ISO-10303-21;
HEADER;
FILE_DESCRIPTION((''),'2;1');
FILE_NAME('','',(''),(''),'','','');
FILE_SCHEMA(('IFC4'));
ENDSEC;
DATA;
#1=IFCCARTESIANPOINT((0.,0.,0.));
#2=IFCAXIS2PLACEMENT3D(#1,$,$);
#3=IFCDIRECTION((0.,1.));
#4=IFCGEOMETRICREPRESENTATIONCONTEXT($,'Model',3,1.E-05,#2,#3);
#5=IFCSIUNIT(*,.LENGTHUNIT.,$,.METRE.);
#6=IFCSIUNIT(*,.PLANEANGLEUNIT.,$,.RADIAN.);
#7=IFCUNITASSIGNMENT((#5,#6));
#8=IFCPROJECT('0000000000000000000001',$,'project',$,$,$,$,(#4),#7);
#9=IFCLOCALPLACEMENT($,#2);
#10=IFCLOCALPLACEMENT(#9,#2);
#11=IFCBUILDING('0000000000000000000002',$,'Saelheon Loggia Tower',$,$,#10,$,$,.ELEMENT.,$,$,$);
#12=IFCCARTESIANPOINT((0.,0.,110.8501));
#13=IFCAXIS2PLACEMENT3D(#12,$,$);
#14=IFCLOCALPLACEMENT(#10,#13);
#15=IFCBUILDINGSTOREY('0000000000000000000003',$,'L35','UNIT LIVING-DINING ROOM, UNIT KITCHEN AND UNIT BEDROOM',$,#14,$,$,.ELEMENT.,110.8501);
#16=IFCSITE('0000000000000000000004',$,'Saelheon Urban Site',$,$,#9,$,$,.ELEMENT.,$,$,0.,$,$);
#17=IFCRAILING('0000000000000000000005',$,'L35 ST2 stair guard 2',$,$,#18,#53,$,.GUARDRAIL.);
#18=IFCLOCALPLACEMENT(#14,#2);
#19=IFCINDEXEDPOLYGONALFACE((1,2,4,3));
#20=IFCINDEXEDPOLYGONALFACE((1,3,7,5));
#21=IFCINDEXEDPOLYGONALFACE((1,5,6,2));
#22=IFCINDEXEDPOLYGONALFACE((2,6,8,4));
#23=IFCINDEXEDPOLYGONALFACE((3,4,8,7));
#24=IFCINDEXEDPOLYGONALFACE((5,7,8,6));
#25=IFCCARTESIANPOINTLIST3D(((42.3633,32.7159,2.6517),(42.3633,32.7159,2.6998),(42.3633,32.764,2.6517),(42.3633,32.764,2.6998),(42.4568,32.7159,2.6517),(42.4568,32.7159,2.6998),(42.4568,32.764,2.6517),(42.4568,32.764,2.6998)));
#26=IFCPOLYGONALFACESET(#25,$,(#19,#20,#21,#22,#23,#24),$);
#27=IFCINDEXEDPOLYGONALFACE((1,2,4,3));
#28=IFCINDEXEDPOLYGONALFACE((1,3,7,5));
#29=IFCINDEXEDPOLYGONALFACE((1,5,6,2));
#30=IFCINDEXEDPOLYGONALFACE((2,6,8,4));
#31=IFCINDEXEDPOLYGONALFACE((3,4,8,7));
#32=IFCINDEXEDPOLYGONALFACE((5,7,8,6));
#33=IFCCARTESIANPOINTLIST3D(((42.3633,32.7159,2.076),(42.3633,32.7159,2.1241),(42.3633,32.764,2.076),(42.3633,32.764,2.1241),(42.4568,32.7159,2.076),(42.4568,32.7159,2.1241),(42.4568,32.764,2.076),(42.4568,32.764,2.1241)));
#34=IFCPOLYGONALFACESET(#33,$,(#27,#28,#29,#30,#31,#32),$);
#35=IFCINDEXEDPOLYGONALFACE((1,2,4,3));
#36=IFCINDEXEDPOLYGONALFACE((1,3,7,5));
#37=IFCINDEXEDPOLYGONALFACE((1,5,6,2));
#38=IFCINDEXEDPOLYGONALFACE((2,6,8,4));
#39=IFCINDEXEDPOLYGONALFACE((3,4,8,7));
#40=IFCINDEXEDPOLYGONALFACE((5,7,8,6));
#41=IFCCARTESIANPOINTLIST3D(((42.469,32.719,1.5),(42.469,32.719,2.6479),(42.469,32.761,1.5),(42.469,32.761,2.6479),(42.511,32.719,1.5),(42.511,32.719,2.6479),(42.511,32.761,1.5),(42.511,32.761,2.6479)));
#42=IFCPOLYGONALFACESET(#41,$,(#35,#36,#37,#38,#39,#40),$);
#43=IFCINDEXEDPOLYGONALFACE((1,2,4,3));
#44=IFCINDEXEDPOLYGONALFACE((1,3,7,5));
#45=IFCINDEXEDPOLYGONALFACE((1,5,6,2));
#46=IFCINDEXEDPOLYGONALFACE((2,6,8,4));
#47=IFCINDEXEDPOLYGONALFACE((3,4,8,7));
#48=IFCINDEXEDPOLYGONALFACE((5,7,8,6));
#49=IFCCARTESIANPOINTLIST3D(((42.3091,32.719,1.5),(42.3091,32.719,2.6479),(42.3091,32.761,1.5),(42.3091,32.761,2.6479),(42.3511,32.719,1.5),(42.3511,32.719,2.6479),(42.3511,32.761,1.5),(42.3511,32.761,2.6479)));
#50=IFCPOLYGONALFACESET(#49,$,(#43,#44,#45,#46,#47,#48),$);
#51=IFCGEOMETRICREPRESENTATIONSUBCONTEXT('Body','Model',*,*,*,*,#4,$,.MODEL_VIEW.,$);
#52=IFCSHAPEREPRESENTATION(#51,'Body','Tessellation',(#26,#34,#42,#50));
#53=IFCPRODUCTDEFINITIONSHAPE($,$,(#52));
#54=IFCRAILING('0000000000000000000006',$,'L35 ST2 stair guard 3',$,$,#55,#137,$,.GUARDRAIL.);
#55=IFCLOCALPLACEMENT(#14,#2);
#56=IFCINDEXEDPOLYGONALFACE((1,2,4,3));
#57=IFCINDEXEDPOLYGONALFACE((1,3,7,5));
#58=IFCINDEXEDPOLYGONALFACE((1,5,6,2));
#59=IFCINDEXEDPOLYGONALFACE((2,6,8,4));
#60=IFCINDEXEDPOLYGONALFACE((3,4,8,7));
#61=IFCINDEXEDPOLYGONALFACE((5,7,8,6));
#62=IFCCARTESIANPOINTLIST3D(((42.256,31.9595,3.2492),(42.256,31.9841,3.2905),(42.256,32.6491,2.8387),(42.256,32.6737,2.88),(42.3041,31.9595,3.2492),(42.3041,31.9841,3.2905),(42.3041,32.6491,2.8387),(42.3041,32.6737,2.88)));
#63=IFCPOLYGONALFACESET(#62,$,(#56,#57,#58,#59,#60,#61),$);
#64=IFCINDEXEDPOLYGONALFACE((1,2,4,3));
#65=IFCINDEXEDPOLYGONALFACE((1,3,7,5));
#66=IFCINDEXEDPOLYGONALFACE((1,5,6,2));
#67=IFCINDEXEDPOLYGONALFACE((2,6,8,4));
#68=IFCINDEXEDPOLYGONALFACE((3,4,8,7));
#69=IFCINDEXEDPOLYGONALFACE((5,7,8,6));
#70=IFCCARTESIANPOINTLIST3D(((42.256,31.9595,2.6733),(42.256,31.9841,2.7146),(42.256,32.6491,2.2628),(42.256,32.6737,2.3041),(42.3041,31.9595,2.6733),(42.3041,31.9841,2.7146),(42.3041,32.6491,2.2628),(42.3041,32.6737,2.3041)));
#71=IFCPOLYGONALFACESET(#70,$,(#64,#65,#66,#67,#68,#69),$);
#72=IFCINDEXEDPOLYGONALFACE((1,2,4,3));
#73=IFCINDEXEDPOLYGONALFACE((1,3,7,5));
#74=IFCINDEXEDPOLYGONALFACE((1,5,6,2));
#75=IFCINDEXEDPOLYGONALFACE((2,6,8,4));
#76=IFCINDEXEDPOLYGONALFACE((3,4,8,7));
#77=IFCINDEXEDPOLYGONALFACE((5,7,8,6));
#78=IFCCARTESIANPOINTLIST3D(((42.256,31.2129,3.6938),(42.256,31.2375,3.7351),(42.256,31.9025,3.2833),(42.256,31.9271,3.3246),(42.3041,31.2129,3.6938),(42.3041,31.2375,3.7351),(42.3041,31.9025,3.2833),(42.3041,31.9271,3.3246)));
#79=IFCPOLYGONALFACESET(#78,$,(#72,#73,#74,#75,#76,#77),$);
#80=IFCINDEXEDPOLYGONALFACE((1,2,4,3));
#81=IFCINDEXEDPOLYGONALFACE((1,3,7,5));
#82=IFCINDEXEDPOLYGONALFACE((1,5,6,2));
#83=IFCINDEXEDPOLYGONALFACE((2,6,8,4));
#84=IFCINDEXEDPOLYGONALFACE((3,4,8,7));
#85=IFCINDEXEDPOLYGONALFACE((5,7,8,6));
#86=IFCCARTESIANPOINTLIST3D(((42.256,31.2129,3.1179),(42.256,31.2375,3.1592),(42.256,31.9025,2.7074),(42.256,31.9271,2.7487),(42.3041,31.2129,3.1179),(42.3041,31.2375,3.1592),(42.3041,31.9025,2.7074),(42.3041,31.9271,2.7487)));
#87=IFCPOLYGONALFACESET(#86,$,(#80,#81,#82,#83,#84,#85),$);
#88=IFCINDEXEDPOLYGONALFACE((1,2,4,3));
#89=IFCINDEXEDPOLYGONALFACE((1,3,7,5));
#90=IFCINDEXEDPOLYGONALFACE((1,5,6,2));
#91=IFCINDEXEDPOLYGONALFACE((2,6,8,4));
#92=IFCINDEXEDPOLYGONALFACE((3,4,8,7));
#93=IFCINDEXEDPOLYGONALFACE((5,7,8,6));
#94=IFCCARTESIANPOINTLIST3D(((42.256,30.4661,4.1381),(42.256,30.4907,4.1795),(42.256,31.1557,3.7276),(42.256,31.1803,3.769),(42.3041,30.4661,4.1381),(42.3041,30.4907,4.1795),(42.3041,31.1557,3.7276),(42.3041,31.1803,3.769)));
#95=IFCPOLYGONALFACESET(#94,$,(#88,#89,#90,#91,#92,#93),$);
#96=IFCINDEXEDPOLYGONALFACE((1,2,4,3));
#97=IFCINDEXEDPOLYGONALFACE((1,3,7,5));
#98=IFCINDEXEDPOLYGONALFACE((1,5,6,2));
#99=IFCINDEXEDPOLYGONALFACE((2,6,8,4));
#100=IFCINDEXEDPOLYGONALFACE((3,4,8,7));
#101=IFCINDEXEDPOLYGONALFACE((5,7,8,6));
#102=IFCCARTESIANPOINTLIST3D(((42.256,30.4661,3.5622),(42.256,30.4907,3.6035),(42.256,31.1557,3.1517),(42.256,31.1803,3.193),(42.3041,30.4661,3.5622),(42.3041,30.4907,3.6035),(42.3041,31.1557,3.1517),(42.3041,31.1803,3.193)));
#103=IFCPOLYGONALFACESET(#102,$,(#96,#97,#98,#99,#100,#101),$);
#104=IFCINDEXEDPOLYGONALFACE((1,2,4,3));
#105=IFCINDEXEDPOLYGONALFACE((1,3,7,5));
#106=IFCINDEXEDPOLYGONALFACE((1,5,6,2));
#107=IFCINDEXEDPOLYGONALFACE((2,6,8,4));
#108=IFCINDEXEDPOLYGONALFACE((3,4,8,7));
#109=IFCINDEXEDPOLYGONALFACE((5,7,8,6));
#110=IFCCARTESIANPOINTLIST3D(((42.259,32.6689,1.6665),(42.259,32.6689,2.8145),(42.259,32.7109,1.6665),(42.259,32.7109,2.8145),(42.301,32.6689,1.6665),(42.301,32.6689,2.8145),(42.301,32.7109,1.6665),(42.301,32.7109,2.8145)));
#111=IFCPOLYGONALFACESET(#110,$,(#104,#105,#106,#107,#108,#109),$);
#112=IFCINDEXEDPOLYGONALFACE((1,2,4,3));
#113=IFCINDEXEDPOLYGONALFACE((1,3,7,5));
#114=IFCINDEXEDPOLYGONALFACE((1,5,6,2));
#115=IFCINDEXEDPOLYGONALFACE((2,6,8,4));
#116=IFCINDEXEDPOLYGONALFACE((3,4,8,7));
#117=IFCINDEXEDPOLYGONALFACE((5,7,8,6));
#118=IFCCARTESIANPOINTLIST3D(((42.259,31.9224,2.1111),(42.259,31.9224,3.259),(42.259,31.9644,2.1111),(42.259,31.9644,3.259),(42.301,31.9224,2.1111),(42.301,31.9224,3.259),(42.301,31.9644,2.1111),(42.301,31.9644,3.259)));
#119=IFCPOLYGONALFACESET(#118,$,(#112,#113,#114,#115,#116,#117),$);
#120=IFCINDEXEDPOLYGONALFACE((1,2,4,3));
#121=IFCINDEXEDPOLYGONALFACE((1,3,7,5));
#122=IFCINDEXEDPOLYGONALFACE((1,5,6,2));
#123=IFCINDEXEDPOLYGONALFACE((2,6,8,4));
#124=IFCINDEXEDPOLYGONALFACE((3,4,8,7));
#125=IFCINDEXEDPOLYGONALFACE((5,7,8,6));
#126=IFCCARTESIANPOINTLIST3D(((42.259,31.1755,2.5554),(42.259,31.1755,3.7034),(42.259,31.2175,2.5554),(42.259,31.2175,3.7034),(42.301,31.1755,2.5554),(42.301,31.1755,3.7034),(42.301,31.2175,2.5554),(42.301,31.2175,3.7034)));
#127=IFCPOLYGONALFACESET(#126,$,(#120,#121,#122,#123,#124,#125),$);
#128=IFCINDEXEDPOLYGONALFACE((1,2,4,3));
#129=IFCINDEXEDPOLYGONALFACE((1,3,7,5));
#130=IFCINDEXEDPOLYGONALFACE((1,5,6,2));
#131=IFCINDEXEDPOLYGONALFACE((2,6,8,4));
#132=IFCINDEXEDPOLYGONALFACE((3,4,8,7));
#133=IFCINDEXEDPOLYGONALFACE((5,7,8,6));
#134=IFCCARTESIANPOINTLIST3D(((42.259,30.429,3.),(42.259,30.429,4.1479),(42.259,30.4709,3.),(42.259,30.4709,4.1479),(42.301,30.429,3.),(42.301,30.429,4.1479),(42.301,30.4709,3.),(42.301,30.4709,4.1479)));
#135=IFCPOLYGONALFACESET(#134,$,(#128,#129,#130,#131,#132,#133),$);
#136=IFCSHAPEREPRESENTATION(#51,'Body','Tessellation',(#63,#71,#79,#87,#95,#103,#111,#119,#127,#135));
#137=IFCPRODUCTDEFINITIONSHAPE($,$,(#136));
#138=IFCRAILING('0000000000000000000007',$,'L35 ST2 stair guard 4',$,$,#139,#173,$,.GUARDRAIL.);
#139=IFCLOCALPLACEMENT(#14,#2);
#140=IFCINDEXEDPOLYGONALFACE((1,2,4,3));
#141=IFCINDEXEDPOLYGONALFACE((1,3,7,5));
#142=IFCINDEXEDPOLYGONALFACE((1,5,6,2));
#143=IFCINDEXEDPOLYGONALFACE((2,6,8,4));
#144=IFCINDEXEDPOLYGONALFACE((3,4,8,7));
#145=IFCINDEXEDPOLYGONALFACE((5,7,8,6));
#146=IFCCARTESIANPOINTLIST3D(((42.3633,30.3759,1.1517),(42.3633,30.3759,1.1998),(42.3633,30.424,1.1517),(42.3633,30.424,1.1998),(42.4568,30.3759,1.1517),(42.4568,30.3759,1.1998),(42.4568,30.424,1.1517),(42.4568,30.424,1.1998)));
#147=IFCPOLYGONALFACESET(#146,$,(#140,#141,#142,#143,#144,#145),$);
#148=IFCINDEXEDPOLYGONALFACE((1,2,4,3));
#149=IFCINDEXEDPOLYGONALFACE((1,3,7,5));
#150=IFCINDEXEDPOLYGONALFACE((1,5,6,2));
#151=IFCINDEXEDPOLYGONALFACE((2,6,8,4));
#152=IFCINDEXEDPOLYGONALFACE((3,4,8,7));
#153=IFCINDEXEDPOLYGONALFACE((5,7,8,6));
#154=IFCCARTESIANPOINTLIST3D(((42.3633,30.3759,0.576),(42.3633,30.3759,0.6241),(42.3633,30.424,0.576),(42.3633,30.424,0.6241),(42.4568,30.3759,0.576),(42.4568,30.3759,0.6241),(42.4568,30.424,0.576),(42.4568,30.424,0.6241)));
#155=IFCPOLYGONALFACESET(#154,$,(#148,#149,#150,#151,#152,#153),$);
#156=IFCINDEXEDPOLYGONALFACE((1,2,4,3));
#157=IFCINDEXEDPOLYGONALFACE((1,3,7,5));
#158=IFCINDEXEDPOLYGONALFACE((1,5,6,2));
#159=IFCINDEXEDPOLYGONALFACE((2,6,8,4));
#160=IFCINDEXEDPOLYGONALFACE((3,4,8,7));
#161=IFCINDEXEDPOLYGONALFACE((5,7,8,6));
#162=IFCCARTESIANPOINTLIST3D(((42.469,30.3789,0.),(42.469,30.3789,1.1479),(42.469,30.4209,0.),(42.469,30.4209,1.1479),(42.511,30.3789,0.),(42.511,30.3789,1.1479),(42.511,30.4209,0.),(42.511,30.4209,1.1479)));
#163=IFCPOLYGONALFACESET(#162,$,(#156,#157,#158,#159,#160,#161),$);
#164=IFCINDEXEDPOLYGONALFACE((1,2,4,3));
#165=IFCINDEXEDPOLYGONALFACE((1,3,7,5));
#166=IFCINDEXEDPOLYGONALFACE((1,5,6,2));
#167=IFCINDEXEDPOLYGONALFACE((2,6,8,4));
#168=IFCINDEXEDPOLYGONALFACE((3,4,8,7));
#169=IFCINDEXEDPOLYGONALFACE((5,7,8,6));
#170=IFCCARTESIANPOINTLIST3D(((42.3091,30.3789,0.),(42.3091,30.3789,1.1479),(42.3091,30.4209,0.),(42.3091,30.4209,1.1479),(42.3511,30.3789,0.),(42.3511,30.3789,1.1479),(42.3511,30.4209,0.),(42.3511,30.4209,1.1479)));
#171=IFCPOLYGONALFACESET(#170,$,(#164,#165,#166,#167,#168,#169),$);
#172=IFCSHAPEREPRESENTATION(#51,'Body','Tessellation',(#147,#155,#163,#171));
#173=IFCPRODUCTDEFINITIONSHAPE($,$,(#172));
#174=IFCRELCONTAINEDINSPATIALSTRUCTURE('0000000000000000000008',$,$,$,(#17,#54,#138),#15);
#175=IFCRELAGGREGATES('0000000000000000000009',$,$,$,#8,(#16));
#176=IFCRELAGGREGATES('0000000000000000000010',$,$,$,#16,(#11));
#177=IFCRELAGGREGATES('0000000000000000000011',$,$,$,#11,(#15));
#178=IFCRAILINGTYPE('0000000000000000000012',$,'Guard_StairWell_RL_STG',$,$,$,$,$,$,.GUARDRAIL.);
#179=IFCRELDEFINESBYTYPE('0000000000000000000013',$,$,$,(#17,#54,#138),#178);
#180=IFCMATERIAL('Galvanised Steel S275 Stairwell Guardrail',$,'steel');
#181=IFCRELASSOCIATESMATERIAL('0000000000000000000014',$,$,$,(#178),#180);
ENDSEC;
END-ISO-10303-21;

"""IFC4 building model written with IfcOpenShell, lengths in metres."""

from ifc_helpers import new_model, si_unit, direction, frame, origin, origin_2d, place, context, subcontext, project, spatial, rectangle, extrude, material, type_object, element, save


model = new_model("IFC4")

# Units and contexts
model_context = context("Model", 3, precision=1e-05, world=origin(), true_north=direction((0.0, 1.0)))
body_context = subcontext(model_context, "Body", "Model", "MODEL_VIEW")
ifc_project = project(units=[si_unit("LENGTHUNIT", "METRE"), si_unit("PLANEANGLEUNIT", "RADIAN")], contexts=[model_context])

# Site, building, storey
site_placement = place(None, origin())
site = spatial("IfcSite", under=ifc_project, at=site_placement, Name="Saelheon Urban Site", CompositionType="ELEMENT", RefElevation=0.0)
building_placement = place(site_placement, origin())
building = spatial("IfcBuilding", under=site, at=building_placement, Name="Saelheon Loggia Tower", CompositionType="ELEMENT")
storey_placement = place(building_placement, frame((0.0, 0.0, 110.8501)))
storey = spatial("IfcBuildingStorey", under=building, at=storey_placement, Name="L35", Description="UNIT LIVING-DINING ROOM, UNIT KITCHEN AND UNIT BEDROOM", CompositionType="ELEMENT", Elevation=110.8501)

# Railings
ifc_material_1 = material(Name="Galvanised Steel S275 Stairwell Guardrail", Category="steel")
railing_type_1 = type_object("IfcRailingType", Name="Guard_StairWell_RL_STG", PredefinedType="GUARDRAIL", material=ifc_material_1)
railing_1_placement = place(storey_placement, frame((42.49, 32.74, 1.5)))
element("IfcRailing", 1, at=railing_1_placement, inside=storey, type_object=railing_type_1, Name="L35 ST2 stair guard 2", PredefinedType="GUARDRAIL", context=body_context, shape_type="SweptSolid", body=[
    extrude(rectangle(XDim=0.0481, YDim=0.0481, at=origin_2d()), frame((-0.0332, 0.0, 1.1758), z_axis=(-1.0, 0.0, 0.0), x_axis=(0.0, -1.0, 0.0)), (0.0, 0.0, 1.0), 0.0935),
    extrude(rectangle(XDim=0.0481, YDim=0.0481, at=origin_2d()), frame((-0.0332, 0.0, 0.6001), z_axis=(-1.0, 0.0, 0.0), x_axis=(0.0, -1.0, 0.0)), (0.0, 0.0, 1.0), 0.0935),
    extrude(rectangle(XDim=0.042, YDim=0.042, at=origin_2d()), origin(), (0.0, 0.0, 1.0), 1.1479),
    extrude(rectangle(XDim=0.042, YDim=0.042, at=origin_2d()), frame((-0.1599, 0.0, 0.0)), (0.0, 0.0, 1.0), 1.1479),
])
railing_2_placement = place(storey_placement, frame((42.28, 32.6899, 1.6665)))
element("IfcRailing", 2, at=railing_2_placement, inside=storey, type_object=railing_type_1, Name="L35 ST2 stair guard 3", PredefinedType="GUARDRAIL", context=body_context, shape_type="SweptSolid", body=[
    extrude(rectangle(XDim=0.0481, YDim=0.0481, at=origin_2d()), frame((0.0, -0.0286, 1.1929), z_axis=(0.0, -0.859264, 0.511532), x_axis=(1.0, 0.0, 0.0)), (0.0, 0.0, 1.0), 0.8025),
    extrude(rectangle(XDim=0.0481, YDim=0.0481, at=origin_2d()), frame((0.0, -0.0286, 0.6169), z_axis=(0.0, -0.859264, 0.511532), x_axis=(1.0, 0.0, 0.0)), (0.0, 0.0, 1.0), 0.8025),
    extrude(rectangle(XDim=0.0481, YDim=0.0481, at=origin_2d()), frame((0.0, -0.7751, 1.6375), z_axis=(0.0, -0.859264, 0.511532), x_axis=(1.0, 0.0, 0.0)), (0.0, 0.0, 1.0), 0.8025),
    extrude(rectangle(XDim=0.0481, YDim=0.0481, at=origin_2d()), frame((0.0, -0.7751, 1.0615), z_axis=(0.0, -0.859264, 0.511532), x_axis=(1.0, 0.0, 0.0)), (0.0, 0.0, 1.0), 0.8025),
    extrude(rectangle(XDim=0.0481, YDim=0.0481, at=origin_2d()), frame((0.0, -1.522, 2.0818), z_axis=(0.0, -0.859264, 0.511532), x_axis=(1.0, 0.0, 0.0)), (0.0, 0.0, 1.0), 0.8025),
    extrude(rectangle(XDim=0.0481, YDim=0.0481, at=origin_2d()), frame((0.0, -1.522, 1.5059), z_axis=(0.0, -0.859264, 0.511532), x_axis=(1.0, 0.0, 0.0)), (0.0, 0.0, 1.0), 0.8025),
    extrude(rectangle(XDim=0.042, YDim=0.042, at=origin_2d()), origin(), (0.0, 0.0, 1.0), 1.1479),
    extrude(rectangle(XDim=0.042, YDim=0.042, at=origin_2d()), frame((0.0, -0.7466, 0.4446)), (0.0, 0.0, 1.0), 1.1479),
    extrude(rectangle(XDim=0.042, YDim=0.042, at=origin_2d()), frame((0.0, -1.4934, 0.8889)), (0.0, 0.0, 1.0), 1.1479),
    extrude(rectangle(XDim=0.042, YDim=0.042, at=origin_2d()), frame((0.0, -2.24, 1.3335)), (0.0, 0.0, 1.0), 1.1479),
])
railing_3_placement = place(storey_placement, frame((42.49, 30.3999, 0.0)))
element("IfcRailing", 3, at=railing_3_placement, inside=storey, type_object=railing_type_1, Name="L35 ST2 stair guard 4", PredefinedType="GUARDRAIL", context=body_context, shape_type="SweptSolid", body=[
    extrude(rectangle(XDim=0.0481, YDim=0.0481, at=origin_2d()), frame((-0.0332, 0.0, 1.1758), z_axis=(-1.0, 0.0, 0.0), x_axis=(0.0, -1.0, 0.0)), (0.0, 0.0, 1.0), 0.0935),
    extrude(rectangle(XDim=0.0481, YDim=0.0481, at=origin_2d()), frame((-0.0332, 0.0, 0.6001), z_axis=(-1.0, 0.0, 0.0), x_axis=(0.0, -1.0, 0.0)), (0.0, 0.0, 1.0), 0.0935),
    extrude(rectangle(XDim=0.042, YDim=0.042, at=origin_2d()), origin(), (0.0, 0.0, 1.0), 1.1479),
    extrude(rectangle(XDim=0.042, YDim=0.042, at=origin_2d()), frame((-0.1599, 0.0, 0.0)), (0.0, 0.0, 1.0), 1.1479),
])

save(model, "model.ifc")
